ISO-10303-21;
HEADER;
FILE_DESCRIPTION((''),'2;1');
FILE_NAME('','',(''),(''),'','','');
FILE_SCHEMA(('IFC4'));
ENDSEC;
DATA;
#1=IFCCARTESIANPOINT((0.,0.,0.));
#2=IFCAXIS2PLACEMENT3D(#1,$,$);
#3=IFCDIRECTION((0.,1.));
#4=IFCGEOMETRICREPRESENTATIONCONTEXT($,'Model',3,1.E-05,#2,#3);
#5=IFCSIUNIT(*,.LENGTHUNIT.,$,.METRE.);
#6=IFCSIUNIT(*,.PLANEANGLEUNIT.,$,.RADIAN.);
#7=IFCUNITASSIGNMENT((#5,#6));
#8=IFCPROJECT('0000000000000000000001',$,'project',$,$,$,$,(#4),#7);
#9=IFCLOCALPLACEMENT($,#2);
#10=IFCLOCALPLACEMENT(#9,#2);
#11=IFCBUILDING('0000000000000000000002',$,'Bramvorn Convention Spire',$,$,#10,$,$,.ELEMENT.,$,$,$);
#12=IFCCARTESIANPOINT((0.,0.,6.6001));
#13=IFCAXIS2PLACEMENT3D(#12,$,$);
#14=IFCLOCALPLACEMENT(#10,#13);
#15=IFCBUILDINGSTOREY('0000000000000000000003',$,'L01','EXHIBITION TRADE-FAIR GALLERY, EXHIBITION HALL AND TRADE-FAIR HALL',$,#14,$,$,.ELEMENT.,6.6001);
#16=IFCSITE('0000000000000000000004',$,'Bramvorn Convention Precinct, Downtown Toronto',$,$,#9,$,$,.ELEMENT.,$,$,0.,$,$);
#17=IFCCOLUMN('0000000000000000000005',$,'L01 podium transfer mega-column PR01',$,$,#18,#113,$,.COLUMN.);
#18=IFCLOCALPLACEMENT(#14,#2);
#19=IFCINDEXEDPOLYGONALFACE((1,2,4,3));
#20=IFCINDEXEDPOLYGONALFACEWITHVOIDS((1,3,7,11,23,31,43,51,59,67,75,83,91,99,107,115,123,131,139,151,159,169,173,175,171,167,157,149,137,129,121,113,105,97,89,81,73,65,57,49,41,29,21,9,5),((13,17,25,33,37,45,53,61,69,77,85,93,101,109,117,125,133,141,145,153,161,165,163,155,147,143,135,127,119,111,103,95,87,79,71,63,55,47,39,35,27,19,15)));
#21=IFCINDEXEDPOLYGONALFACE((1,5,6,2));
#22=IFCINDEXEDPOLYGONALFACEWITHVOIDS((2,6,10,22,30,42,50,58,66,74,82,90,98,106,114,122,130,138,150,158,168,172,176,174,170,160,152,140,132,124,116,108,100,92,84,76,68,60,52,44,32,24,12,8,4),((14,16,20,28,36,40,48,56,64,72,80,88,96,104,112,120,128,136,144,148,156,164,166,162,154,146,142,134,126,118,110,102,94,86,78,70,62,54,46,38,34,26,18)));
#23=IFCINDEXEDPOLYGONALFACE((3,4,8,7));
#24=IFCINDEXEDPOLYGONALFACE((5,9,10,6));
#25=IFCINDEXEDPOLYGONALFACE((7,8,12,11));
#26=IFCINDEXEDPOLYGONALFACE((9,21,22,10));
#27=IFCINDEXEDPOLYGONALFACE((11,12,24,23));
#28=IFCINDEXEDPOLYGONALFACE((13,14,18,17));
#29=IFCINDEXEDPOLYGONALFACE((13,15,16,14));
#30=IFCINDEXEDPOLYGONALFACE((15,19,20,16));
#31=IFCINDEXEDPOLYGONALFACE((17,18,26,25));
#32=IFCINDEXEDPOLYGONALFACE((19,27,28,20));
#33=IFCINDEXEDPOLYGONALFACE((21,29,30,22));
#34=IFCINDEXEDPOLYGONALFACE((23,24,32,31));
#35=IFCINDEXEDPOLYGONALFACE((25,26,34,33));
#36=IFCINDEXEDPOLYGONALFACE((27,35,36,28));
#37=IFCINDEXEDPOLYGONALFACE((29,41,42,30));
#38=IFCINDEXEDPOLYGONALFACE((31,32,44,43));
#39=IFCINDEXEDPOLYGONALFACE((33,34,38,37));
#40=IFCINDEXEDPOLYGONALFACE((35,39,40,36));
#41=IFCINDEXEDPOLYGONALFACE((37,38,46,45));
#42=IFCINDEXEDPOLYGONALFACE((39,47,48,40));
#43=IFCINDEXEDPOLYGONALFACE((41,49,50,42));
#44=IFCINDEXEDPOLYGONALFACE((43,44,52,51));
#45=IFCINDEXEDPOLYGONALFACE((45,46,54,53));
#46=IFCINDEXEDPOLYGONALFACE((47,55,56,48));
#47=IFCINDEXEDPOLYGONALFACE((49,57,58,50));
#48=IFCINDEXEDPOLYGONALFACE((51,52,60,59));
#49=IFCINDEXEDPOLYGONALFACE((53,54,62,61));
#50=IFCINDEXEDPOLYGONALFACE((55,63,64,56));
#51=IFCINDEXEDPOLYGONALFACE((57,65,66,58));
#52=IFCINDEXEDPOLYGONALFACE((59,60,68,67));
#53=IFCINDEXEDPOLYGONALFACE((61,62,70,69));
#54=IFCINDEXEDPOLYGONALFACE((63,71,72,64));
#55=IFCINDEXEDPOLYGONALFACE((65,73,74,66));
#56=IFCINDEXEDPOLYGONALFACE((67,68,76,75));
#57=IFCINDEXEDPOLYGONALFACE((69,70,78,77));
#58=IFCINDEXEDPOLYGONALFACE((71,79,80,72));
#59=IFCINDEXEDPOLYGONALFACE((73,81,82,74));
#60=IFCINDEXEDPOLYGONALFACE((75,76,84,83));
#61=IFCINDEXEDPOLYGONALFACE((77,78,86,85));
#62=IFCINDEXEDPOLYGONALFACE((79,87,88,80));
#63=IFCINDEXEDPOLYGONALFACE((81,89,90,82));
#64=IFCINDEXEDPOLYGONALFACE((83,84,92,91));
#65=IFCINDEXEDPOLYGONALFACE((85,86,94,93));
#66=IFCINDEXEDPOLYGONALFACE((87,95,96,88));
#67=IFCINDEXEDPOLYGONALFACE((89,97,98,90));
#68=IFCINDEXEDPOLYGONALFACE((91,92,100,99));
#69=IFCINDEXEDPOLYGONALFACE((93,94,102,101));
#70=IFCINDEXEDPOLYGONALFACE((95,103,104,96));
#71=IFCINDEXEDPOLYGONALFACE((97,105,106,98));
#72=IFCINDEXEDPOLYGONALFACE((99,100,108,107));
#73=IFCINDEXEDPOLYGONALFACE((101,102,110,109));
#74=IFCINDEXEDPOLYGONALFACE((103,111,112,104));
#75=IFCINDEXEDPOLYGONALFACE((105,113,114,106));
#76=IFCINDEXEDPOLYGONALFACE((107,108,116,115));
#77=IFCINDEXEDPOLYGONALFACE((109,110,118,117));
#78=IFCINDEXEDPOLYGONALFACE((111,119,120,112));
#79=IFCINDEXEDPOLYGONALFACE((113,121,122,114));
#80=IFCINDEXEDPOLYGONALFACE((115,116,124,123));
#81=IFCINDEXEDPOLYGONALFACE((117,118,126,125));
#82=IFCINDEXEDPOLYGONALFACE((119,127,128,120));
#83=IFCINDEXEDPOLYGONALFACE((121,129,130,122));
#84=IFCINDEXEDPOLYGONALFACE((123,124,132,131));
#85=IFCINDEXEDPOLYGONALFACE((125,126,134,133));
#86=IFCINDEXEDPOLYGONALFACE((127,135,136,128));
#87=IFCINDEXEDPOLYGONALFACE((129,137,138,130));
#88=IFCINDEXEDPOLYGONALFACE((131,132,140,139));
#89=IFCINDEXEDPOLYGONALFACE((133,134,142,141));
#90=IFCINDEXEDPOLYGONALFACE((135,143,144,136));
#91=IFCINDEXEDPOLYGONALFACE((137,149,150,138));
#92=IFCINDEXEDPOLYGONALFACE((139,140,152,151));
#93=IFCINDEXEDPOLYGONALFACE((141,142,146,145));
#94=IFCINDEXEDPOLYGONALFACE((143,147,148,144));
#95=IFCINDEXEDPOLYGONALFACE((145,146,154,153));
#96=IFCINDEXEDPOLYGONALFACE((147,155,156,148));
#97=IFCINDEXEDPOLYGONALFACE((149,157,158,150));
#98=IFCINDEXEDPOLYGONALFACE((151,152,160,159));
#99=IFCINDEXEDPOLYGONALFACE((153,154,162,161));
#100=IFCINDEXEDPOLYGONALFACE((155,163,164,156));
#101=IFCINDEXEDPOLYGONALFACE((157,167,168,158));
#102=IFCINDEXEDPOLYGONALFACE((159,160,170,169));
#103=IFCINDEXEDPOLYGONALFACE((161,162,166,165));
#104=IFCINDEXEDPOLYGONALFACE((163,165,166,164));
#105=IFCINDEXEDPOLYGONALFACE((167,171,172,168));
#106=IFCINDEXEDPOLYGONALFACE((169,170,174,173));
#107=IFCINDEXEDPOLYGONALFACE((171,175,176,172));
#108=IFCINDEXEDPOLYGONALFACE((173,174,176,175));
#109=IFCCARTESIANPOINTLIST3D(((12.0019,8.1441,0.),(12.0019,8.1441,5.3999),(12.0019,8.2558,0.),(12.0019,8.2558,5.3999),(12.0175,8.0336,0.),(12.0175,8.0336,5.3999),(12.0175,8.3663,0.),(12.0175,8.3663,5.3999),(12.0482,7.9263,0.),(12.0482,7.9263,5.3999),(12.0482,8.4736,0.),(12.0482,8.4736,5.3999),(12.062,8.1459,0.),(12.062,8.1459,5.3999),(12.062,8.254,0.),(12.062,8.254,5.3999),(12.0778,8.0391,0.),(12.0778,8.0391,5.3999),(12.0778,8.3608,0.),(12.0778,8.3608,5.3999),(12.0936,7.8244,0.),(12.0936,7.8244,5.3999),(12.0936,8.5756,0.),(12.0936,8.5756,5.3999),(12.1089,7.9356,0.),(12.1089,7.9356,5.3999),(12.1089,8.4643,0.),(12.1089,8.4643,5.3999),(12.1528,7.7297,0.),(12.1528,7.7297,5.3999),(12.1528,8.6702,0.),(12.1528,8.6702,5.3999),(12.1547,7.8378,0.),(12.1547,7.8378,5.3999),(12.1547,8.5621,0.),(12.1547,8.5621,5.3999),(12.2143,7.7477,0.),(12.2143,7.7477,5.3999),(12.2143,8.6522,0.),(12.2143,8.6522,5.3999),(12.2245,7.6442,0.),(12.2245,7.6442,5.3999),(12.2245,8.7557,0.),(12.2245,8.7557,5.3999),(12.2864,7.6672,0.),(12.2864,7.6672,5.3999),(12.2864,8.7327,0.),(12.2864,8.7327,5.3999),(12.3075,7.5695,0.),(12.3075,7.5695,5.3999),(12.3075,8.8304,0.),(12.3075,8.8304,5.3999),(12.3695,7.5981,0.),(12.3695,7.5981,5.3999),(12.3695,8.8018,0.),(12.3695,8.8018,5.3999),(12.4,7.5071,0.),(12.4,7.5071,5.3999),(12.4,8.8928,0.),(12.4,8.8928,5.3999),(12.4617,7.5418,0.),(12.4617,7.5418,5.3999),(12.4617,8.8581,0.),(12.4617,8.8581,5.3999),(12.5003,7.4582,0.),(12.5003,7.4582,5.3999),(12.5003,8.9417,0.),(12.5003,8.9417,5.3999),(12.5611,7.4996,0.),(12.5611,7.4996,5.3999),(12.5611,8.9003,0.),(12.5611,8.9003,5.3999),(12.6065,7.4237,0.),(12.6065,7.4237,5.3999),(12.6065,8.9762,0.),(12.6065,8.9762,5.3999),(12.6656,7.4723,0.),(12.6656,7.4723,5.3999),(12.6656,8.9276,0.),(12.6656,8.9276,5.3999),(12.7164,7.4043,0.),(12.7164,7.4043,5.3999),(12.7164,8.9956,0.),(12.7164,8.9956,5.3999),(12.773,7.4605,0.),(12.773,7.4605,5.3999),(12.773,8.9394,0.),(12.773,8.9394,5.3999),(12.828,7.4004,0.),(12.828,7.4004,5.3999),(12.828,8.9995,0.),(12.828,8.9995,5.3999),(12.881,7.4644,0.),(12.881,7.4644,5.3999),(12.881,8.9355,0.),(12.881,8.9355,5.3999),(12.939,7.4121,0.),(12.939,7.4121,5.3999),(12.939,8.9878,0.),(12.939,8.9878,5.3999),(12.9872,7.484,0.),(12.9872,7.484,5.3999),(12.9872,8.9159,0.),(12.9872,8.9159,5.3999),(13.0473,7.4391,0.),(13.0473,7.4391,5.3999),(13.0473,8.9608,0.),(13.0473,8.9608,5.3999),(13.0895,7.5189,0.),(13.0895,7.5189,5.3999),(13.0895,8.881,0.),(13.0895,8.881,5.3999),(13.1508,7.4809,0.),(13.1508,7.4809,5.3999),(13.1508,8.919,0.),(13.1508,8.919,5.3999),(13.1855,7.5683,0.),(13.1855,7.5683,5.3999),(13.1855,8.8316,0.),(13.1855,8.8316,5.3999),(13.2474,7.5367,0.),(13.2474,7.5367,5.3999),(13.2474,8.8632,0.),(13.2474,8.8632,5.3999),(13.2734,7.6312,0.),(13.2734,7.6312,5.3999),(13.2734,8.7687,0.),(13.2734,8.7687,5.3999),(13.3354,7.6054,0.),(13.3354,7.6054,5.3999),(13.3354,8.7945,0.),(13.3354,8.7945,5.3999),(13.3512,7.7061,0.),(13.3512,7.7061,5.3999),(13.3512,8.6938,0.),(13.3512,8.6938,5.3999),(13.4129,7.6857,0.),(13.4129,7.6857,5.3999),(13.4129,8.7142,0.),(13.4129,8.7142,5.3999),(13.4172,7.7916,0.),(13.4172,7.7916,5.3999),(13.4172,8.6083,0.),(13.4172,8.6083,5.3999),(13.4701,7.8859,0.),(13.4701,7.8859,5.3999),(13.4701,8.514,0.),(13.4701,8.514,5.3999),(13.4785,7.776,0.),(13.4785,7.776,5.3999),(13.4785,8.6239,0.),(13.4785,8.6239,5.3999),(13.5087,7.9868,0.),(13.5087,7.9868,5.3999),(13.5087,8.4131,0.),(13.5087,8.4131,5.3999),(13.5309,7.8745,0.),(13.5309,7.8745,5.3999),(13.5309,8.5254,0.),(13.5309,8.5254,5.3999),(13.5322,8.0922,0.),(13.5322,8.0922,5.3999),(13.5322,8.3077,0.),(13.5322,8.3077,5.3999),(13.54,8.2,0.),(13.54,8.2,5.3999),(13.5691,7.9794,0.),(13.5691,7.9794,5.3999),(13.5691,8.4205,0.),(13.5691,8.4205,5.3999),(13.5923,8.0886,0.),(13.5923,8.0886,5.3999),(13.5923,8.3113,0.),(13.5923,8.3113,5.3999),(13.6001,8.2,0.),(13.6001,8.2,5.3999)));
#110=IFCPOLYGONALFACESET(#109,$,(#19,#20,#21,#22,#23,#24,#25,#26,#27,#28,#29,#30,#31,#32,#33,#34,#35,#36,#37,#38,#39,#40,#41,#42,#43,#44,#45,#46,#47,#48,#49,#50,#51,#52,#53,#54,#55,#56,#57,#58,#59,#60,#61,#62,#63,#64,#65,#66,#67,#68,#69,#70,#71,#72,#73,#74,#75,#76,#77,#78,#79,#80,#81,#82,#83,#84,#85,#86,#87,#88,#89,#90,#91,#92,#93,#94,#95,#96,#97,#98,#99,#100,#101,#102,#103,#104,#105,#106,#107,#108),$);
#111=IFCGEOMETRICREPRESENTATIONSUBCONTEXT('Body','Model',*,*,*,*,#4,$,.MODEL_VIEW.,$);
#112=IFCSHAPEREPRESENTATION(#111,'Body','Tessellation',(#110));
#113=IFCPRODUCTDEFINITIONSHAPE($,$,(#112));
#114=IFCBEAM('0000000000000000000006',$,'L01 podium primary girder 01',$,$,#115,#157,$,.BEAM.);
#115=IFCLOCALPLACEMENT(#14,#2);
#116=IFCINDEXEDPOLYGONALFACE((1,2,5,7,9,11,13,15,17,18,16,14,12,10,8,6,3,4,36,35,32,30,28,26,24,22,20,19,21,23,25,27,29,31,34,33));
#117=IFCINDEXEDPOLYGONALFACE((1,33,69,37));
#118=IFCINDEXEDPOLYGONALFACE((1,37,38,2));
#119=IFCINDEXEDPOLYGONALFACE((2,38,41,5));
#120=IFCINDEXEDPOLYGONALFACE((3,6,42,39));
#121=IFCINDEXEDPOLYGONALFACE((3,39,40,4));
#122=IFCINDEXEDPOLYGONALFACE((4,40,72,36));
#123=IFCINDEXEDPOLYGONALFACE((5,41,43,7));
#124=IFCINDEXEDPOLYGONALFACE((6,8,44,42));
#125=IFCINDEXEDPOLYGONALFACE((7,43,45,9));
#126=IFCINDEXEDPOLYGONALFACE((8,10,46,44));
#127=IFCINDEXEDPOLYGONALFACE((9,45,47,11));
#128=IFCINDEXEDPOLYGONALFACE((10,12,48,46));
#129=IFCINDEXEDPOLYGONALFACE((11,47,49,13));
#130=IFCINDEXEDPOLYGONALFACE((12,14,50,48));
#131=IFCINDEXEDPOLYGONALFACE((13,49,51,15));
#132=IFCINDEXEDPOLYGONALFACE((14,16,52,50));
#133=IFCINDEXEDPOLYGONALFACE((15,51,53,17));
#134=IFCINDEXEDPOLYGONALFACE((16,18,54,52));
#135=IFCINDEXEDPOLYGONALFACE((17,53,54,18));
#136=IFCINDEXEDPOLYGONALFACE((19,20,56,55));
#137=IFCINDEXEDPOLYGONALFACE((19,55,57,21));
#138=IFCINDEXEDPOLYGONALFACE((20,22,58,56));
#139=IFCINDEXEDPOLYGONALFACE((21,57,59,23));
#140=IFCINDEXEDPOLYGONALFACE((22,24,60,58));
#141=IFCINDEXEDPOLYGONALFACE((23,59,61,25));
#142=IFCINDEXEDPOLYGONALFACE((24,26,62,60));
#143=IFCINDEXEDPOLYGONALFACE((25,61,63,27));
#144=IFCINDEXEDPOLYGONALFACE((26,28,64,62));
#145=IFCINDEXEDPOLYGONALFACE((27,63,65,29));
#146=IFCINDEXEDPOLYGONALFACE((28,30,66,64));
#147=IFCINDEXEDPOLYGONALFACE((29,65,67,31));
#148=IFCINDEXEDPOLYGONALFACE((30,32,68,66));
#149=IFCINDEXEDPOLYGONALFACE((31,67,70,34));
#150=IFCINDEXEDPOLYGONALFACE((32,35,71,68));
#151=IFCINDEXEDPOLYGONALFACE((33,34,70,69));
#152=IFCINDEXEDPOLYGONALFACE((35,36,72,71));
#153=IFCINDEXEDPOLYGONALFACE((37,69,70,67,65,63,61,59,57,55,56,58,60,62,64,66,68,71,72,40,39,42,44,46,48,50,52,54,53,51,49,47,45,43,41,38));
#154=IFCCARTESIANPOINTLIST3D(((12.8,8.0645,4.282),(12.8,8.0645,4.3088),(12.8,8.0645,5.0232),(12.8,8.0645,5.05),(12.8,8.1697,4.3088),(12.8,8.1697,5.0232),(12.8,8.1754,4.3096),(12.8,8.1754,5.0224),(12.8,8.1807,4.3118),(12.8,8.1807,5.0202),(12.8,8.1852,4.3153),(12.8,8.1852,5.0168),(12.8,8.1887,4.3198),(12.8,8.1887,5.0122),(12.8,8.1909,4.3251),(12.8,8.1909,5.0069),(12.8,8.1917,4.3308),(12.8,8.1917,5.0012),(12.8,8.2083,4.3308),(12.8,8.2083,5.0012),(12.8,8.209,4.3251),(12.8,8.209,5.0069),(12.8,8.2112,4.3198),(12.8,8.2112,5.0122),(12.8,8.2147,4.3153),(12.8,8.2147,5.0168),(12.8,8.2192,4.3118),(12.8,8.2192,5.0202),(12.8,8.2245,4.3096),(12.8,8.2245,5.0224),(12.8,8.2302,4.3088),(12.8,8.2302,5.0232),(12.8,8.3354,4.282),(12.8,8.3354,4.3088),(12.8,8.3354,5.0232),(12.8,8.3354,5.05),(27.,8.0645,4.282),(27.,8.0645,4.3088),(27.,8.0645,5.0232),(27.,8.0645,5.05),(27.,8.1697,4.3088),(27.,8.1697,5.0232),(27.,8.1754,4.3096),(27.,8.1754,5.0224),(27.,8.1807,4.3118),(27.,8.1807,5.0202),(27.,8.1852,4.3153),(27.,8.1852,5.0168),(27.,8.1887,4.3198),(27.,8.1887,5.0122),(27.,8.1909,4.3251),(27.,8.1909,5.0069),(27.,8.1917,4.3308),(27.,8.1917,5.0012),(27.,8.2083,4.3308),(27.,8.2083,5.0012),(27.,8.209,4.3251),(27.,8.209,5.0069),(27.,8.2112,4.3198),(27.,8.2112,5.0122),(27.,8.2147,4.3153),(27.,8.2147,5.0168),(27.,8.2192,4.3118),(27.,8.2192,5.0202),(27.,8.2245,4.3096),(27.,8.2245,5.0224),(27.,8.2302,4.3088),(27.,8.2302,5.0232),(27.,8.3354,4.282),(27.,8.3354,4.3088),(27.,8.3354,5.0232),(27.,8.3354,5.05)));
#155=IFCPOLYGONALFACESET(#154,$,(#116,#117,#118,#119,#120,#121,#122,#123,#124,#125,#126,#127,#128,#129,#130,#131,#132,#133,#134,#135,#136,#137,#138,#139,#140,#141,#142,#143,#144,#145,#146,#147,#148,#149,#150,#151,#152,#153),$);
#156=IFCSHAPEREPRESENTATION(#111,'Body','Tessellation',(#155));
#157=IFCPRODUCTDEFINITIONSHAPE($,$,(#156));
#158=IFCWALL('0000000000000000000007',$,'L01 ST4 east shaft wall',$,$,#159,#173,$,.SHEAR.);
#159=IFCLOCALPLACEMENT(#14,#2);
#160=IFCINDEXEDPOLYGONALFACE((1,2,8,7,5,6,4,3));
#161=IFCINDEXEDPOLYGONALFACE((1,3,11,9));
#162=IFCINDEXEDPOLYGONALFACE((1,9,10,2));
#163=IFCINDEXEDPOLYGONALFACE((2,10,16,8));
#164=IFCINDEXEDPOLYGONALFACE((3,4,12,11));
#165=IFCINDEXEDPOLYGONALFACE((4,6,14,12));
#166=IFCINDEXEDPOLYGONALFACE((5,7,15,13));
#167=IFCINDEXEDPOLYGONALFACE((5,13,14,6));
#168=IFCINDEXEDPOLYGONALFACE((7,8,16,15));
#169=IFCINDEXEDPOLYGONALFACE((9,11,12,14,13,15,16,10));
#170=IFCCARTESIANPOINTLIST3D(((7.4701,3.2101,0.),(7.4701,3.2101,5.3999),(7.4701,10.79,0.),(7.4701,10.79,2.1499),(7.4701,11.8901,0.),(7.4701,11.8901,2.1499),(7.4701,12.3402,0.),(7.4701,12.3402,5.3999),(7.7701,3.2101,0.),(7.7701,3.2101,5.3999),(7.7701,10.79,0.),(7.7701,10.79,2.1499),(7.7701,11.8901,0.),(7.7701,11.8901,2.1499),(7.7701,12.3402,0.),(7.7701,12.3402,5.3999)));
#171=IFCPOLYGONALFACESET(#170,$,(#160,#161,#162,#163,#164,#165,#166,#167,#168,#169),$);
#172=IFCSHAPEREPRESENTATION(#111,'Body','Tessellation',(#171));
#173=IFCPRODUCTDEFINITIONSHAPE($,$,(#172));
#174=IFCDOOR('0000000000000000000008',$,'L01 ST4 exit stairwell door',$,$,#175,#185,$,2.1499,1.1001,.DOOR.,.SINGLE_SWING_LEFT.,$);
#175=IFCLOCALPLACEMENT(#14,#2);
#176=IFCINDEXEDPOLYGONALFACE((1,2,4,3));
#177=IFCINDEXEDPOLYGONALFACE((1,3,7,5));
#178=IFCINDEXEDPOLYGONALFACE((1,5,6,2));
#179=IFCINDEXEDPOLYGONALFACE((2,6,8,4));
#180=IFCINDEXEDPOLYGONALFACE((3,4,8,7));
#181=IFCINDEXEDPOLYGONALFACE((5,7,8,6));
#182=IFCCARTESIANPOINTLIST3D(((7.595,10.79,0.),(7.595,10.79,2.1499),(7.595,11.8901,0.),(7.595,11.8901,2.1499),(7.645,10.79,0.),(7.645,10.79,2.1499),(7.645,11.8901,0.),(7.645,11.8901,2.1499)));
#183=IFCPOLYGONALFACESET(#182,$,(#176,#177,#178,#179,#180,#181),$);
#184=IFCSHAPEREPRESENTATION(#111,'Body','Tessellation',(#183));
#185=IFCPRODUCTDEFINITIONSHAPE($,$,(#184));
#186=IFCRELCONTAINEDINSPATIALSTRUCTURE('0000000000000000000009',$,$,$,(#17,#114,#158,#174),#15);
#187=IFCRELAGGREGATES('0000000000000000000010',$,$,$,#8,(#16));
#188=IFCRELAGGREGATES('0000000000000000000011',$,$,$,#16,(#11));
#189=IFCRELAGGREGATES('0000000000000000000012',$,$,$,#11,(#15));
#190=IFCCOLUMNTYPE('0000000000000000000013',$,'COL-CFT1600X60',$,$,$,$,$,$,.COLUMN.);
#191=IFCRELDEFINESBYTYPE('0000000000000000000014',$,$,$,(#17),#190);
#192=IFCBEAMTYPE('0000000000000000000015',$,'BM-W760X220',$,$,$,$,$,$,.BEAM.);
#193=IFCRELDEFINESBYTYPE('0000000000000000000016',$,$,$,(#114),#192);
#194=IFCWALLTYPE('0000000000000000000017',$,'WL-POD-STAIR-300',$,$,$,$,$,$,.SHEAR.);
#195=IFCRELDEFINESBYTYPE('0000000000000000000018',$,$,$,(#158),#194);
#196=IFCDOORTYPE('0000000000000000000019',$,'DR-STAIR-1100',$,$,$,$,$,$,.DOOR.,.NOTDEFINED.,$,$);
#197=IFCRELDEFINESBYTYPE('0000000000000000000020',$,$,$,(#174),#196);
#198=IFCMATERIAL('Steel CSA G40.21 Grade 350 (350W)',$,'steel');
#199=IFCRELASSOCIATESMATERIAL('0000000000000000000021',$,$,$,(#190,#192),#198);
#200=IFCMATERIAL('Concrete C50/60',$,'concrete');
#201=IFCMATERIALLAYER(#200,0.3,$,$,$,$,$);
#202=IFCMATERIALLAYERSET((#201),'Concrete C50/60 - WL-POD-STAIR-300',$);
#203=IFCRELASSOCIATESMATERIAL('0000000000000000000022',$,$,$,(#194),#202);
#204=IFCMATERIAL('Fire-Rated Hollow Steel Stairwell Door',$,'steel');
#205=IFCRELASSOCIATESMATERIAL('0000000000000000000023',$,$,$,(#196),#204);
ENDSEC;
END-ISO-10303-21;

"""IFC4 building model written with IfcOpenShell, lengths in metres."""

from ifc_helpers import new_model, si_unit, direction, frame, frame_2d, origin, origin_2d, place, context, subcontext, project, spatial, rectangle, hollow_circle, i_section, extrude, material, layer, layer_set, material_profile, profile_set, type_object, element, fill, save


model = new_model("IFC4")

# Units and contexts
model_context = context("Model", 3, precision=1e-05, world=origin(), true_north=direction((0.0, 1.0)))
body_context = subcontext(model_context, "Body", "Model", "MODEL_VIEW")
ifc_project = project(units=[si_unit("LENGTHUNIT", "METRE"), si_unit("PLANEANGLEUNIT", "RADIAN")], contexts=[model_context])

# Site, building, storey
site_placement = place(None, origin())
site = spatial("IfcSite", under=ifc_project, at=site_placement, Name="Bramvorn Convention Precinct, Downtown Toronto", CompositionType="ELEMENT", RefElevation=0.0)
building_placement = place(site_placement, origin())
building = spatial("IfcBuilding", under=site, at=building_placement, Name="Bramvorn Convention Spire", CompositionType="ELEMENT")
storey_placement = place(building_placement, frame((0.0, 0.0, 6.6001)))
storey = spatial("IfcBuildingStorey", under=building, at=storey_placement, Name="L01", Description="EXHIBITION TRADE-FAIR GALLERY, EXHIBITION HALL AND TRADE-FAIR HALL", CompositionType="ELEMENT", Elevation=6.6001)

# Column
ifc_material_1 = material(Name="Steel CSA G40.21 Grade 350 (350W)", Category="steel")
ifc_material_profile_1 = material_profile(ifc_material_1, hollow_circle(Radius=0.8, WallThickness=0.0601, at=origin_2d()))
ifc_profile_set_1 = profile_set([ifc_material_profile_1], Name="Steel CSA G40.21 Grade 350 (350W) - CFT1600X60")
column_type = type_object("IfcColumnType", Name="COL-CFT1600X60", PredefinedType="COLUMN", material=ifc_profile_set_1)
column_placement = place(storey_placement, frame((12.8, 8.2, 0.0), z_axis=(0.0, 0.0, 1.0), x_axis=(1.0, 0.0, 0.0)))
element("IfcColumn", 1, at=column_placement, inside=storey, type_object=column_type, Name="L01 podium transfer mega-column PR01", PredefinedType="COLUMN", context=body_context, shape_type="SweptSolid", body=[
    extrude(hollow_circle(Radius=0.8, WallThickness=0.0601, at=origin_2d()), origin(), (0.0, 0.0, 1.0), 5.3999),
])

# Beam
ifc_material_profile_2 = material_profile(ifc_material_1, i_section(OverallWidth=0.271, OverallDepth=0.7681, WebThickness=0.0166, FlangeThickness=0.0269, FilletRadius=0.022, at=origin_2d()))
ifc_profile_set_2 = profile_set([ifc_material_profile_2], Name="Steel CSA G40.21 Grade 350 (350W) - W760X220")
beam_type = type_object("IfcBeamType", Name="BM-W760X220", PredefinedType="BEAM", material=ifc_profile_set_2)
beam_placement = place(storey_placement, frame((12.8, 8.2, 4.666), z_axis=(1.0, 0.0, 0.0), x_axis=(0.0, 1.0, 0.0)))
element("IfcBeam", 2, at=beam_placement, inside=storey, type_object=beam_type, Name="L01 podium primary girder 01", PredefinedType="BEAM", context=body_context, shape_type="SweptSolid", body=[
    extrude(i_section(OverallWidth=0.271, OverallDepth=0.7681, WebThickness=0.0166, FlangeThickness=0.0269, FilletRadius=0.022, at=origin_2d()), origin(), (0.0, 0.0, 1.0), 14.2),
])

# Wall, opening, door
ifc_material_2 = material(Name="Concrete C50/60", Category="concrete")
ifc_layer = layer(ifc_material_2, 0.3)
ifc_layer_set = layer_set([ifc_layer], Name="Concrete C50/60 - WL-POD-STAIR-300")
wall_type = type_object("IfcWallType", Name="WL-POD-STAIR-300", PredefinedType="SHEAR", material=ifc_layer_set)
wall_placement = place(storey_placement, frame((7.6201, 12.3401, 0.0), z_axis=(0.0, 0.0, 1.0), x_axis=(0.0, -1.0, 0.0)))
wall = element("IfcWall", 3, at=wall_placement, inside=storey, type_object=wall_type, Name="L01 ST4 east shaft wall", PredefinedType="SHEAR", context=body_context, shape_type="SweptSolid", body=[
    extrude(rectangle(XDim=9.1301, YDim=0.3, at=frame_2d((4.5649, 0.0))), origin(), (0.0, 0.0, 1.0), 5.3999),
])
opening_placement = place(wall_placement, frame((0.45, 0.0, 0.0)))
opening = element("IfcOpeningElement", 4, at=opening_placement, cuts=wall, PredefinedType="OPENING", context=body_context, shape_type="SweptSolid", body=[
    extrude(rectangle(XDim=1.1001, YDim=2.1499, at=frame_2d((0.55, 1.075))), frame((0.0, 0.1599, 0.0), z_axis=(0.0, -1.0, 0.0), x_axis=(1.0, 0.0, 0.0)), (0.0, 0.0, 1.0), 0.3201),
])
ifc_material_3 = material(Name="Fire-Rated Hollow Steel Stairwell Door", Category="steel")
door_type = type_object("IfcDoorType", Name="DR-STAIR-1100", OperationType="NOTDEFINED", PredefinedType="DOOR", material=ifc_material_3)
door_placement = place(opening_placement, origin())
door = element("IfcDoor", 5, at=door_placement, inside=storey, type_object=door_type, Name="L01 ST4 exit stairwell door", OperationType="SINGLE_SWING_LEFT", OverallHeight=2.1499, OverallWidth=1.1001, PredefinedType="DOOR", context=body_context, shape_type="SweptSolid", body=[
    extrude(rectangle(XDim=1.1001, YDim=2.1499, at=frame_2d((0.55, 1.075))), frame((0.0, 0.0249, 0.0), z_axis=(0.0, -1.0, 0.0), x_axis=(1.0, 0.0, 0.0)), (0.0, 0.0, 1.0), 0.05),
])
fill(opening, door)

save(model, "model.ifc")
